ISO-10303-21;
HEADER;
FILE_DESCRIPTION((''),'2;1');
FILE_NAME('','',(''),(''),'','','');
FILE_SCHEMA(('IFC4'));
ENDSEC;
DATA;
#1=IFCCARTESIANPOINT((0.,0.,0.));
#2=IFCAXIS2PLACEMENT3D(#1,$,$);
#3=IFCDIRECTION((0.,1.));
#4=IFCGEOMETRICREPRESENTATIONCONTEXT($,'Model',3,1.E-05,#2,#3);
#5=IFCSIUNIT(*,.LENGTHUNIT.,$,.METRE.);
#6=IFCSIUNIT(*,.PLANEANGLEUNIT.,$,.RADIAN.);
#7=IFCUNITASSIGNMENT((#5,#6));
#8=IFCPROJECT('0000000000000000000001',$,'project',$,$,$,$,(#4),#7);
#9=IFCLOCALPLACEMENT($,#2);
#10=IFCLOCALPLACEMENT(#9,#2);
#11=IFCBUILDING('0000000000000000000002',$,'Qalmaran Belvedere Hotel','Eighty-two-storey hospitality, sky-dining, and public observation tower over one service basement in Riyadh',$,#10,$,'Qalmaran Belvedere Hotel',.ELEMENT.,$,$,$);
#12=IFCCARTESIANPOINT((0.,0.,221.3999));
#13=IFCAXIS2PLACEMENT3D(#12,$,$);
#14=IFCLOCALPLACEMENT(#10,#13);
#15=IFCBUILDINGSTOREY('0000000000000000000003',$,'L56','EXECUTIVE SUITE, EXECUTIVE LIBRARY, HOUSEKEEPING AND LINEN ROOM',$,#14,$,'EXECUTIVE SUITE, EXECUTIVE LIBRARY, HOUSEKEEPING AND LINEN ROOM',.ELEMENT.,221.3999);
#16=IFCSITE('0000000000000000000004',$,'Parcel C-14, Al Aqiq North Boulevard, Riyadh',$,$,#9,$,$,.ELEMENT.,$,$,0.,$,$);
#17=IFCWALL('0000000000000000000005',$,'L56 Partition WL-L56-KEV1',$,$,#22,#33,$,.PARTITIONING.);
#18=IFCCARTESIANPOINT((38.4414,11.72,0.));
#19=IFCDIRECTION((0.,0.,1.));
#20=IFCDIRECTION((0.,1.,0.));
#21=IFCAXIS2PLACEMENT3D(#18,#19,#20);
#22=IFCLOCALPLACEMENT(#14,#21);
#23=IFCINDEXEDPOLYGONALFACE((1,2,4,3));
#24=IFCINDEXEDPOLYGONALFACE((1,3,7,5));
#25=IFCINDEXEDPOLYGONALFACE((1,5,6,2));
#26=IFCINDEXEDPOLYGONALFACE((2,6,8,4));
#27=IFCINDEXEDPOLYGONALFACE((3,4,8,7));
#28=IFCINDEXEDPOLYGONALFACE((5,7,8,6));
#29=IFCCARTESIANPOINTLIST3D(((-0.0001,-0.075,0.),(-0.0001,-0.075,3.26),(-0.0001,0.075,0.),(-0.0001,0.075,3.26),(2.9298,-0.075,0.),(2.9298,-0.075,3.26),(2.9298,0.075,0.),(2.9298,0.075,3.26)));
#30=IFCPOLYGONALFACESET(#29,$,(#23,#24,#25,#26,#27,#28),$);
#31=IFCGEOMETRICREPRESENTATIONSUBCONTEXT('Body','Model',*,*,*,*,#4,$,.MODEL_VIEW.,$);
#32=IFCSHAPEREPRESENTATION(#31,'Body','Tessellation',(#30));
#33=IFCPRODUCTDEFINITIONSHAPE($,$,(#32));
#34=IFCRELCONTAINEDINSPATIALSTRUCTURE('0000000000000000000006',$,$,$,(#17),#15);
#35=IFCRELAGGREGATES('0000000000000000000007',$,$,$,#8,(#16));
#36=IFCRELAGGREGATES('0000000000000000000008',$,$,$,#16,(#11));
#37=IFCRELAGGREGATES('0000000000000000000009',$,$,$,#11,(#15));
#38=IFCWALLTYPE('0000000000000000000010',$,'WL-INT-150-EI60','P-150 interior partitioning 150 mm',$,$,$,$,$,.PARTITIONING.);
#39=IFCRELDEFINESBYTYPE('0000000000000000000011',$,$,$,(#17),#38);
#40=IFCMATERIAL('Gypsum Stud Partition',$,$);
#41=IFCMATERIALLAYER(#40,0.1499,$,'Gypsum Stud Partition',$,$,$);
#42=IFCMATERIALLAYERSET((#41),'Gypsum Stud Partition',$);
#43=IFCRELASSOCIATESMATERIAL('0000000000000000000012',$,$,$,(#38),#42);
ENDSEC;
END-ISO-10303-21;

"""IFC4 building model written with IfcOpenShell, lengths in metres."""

from ifc_helpers import new_model, si_unit, direction, frame, frame_2d, origin, place, context, subcontext, project, spatial, rectangle, extrude, material, layer, layer_set, type_object, element, save


model = new_model("IFC4")

# Units and contexts
model_context = context("Model", 3, precision=1e-05, world=origin(), true_north=direction((0.0, 1.0)))
body_context = subcontext(model_context, "Body", "Model", "MODEL_VIEW")
ifc_project = project(units=[si_unit("LENGTHUNIT", "METRE"), si_unit("PLANEANGLEUNIT", "RADIAN")], contexts=[model_context])

# Site, building, storey
site_placement = place(None, origin())
site = spatial("IfcSite", under=ifc_project, at=site_placement, Name="Parcel C-14, Al Aqiq North Boulevard, Riyadh", CompositionType="ELEMENT", RefElevation=0.0)
building_placement = place(site_placement, origin())
building = spatial("IfcBuilding", under=site, at=building_placement, Name="Qalmaran Belvedere Hotel", Description="Eighty-two-storey hospitality, sky-dining, and public observation tower over one service basement in Riyadh", LongName="Qalmaran Belvedere Hotel", CompositionType="ELEMENT")
storey_placement = place(building_placement, frame((0.0, 0.0, 221.3999)))
storey = spatial("IfcBuildingStorey", under=building, at=storey_placement, Name="L56", Description="EXECUTIVE SUITE, EXECUTIVE LIBRARY, HOUSEKEEPING AND LINEN ROOM", LongName="EXECUTIVE SUITE, EXECUTIVE LIBRARY, HOUSEKEEPING AND LINEN ROOM", CompositionType="ELEMENT", Elevation=221.3999)

# Wall
ifc_material_1 = material(Name="Gypsum Stud Partition")
ifc_layer_1 = layer(ifc_material_1, 0.1499, Name="Gypsum Stud Partition")
ifc_layer_set_1 = layer_set([ifc_layer_1], Name="Gypsum Stud Partition")
wall_type_1 = type_object("IfcWallType", Name="WL-INT-150-EI60", Description="P-150 interior partitioning 150 mm", PredefinedType="PARTITIONING", material=ifc_layer_set_1)
wall_1_placement = place(storey_placement, frame((38.4414, 11.72, 0.0), z_axis=(0.0, 0.0, 1.0), x_axis=(0.0, 1.0, 0.0)))
element("IfcWall", 1, at=wall_1_placement, inside=storey, type_object=wall_type_1, Name="L56 Partition WL-L56-KEV1", PredefinedType="PARTITIONING", context=body_context, shape_type="SweptSolid", body=[
    extrude(rectangle(XDim=2.9299, YDim=0.1499, at=frame_2d((1.4648, 0.0))), origin(), (0.0, 0.0, 1.0), 3.26),
])

save(model, "model.ifc")
